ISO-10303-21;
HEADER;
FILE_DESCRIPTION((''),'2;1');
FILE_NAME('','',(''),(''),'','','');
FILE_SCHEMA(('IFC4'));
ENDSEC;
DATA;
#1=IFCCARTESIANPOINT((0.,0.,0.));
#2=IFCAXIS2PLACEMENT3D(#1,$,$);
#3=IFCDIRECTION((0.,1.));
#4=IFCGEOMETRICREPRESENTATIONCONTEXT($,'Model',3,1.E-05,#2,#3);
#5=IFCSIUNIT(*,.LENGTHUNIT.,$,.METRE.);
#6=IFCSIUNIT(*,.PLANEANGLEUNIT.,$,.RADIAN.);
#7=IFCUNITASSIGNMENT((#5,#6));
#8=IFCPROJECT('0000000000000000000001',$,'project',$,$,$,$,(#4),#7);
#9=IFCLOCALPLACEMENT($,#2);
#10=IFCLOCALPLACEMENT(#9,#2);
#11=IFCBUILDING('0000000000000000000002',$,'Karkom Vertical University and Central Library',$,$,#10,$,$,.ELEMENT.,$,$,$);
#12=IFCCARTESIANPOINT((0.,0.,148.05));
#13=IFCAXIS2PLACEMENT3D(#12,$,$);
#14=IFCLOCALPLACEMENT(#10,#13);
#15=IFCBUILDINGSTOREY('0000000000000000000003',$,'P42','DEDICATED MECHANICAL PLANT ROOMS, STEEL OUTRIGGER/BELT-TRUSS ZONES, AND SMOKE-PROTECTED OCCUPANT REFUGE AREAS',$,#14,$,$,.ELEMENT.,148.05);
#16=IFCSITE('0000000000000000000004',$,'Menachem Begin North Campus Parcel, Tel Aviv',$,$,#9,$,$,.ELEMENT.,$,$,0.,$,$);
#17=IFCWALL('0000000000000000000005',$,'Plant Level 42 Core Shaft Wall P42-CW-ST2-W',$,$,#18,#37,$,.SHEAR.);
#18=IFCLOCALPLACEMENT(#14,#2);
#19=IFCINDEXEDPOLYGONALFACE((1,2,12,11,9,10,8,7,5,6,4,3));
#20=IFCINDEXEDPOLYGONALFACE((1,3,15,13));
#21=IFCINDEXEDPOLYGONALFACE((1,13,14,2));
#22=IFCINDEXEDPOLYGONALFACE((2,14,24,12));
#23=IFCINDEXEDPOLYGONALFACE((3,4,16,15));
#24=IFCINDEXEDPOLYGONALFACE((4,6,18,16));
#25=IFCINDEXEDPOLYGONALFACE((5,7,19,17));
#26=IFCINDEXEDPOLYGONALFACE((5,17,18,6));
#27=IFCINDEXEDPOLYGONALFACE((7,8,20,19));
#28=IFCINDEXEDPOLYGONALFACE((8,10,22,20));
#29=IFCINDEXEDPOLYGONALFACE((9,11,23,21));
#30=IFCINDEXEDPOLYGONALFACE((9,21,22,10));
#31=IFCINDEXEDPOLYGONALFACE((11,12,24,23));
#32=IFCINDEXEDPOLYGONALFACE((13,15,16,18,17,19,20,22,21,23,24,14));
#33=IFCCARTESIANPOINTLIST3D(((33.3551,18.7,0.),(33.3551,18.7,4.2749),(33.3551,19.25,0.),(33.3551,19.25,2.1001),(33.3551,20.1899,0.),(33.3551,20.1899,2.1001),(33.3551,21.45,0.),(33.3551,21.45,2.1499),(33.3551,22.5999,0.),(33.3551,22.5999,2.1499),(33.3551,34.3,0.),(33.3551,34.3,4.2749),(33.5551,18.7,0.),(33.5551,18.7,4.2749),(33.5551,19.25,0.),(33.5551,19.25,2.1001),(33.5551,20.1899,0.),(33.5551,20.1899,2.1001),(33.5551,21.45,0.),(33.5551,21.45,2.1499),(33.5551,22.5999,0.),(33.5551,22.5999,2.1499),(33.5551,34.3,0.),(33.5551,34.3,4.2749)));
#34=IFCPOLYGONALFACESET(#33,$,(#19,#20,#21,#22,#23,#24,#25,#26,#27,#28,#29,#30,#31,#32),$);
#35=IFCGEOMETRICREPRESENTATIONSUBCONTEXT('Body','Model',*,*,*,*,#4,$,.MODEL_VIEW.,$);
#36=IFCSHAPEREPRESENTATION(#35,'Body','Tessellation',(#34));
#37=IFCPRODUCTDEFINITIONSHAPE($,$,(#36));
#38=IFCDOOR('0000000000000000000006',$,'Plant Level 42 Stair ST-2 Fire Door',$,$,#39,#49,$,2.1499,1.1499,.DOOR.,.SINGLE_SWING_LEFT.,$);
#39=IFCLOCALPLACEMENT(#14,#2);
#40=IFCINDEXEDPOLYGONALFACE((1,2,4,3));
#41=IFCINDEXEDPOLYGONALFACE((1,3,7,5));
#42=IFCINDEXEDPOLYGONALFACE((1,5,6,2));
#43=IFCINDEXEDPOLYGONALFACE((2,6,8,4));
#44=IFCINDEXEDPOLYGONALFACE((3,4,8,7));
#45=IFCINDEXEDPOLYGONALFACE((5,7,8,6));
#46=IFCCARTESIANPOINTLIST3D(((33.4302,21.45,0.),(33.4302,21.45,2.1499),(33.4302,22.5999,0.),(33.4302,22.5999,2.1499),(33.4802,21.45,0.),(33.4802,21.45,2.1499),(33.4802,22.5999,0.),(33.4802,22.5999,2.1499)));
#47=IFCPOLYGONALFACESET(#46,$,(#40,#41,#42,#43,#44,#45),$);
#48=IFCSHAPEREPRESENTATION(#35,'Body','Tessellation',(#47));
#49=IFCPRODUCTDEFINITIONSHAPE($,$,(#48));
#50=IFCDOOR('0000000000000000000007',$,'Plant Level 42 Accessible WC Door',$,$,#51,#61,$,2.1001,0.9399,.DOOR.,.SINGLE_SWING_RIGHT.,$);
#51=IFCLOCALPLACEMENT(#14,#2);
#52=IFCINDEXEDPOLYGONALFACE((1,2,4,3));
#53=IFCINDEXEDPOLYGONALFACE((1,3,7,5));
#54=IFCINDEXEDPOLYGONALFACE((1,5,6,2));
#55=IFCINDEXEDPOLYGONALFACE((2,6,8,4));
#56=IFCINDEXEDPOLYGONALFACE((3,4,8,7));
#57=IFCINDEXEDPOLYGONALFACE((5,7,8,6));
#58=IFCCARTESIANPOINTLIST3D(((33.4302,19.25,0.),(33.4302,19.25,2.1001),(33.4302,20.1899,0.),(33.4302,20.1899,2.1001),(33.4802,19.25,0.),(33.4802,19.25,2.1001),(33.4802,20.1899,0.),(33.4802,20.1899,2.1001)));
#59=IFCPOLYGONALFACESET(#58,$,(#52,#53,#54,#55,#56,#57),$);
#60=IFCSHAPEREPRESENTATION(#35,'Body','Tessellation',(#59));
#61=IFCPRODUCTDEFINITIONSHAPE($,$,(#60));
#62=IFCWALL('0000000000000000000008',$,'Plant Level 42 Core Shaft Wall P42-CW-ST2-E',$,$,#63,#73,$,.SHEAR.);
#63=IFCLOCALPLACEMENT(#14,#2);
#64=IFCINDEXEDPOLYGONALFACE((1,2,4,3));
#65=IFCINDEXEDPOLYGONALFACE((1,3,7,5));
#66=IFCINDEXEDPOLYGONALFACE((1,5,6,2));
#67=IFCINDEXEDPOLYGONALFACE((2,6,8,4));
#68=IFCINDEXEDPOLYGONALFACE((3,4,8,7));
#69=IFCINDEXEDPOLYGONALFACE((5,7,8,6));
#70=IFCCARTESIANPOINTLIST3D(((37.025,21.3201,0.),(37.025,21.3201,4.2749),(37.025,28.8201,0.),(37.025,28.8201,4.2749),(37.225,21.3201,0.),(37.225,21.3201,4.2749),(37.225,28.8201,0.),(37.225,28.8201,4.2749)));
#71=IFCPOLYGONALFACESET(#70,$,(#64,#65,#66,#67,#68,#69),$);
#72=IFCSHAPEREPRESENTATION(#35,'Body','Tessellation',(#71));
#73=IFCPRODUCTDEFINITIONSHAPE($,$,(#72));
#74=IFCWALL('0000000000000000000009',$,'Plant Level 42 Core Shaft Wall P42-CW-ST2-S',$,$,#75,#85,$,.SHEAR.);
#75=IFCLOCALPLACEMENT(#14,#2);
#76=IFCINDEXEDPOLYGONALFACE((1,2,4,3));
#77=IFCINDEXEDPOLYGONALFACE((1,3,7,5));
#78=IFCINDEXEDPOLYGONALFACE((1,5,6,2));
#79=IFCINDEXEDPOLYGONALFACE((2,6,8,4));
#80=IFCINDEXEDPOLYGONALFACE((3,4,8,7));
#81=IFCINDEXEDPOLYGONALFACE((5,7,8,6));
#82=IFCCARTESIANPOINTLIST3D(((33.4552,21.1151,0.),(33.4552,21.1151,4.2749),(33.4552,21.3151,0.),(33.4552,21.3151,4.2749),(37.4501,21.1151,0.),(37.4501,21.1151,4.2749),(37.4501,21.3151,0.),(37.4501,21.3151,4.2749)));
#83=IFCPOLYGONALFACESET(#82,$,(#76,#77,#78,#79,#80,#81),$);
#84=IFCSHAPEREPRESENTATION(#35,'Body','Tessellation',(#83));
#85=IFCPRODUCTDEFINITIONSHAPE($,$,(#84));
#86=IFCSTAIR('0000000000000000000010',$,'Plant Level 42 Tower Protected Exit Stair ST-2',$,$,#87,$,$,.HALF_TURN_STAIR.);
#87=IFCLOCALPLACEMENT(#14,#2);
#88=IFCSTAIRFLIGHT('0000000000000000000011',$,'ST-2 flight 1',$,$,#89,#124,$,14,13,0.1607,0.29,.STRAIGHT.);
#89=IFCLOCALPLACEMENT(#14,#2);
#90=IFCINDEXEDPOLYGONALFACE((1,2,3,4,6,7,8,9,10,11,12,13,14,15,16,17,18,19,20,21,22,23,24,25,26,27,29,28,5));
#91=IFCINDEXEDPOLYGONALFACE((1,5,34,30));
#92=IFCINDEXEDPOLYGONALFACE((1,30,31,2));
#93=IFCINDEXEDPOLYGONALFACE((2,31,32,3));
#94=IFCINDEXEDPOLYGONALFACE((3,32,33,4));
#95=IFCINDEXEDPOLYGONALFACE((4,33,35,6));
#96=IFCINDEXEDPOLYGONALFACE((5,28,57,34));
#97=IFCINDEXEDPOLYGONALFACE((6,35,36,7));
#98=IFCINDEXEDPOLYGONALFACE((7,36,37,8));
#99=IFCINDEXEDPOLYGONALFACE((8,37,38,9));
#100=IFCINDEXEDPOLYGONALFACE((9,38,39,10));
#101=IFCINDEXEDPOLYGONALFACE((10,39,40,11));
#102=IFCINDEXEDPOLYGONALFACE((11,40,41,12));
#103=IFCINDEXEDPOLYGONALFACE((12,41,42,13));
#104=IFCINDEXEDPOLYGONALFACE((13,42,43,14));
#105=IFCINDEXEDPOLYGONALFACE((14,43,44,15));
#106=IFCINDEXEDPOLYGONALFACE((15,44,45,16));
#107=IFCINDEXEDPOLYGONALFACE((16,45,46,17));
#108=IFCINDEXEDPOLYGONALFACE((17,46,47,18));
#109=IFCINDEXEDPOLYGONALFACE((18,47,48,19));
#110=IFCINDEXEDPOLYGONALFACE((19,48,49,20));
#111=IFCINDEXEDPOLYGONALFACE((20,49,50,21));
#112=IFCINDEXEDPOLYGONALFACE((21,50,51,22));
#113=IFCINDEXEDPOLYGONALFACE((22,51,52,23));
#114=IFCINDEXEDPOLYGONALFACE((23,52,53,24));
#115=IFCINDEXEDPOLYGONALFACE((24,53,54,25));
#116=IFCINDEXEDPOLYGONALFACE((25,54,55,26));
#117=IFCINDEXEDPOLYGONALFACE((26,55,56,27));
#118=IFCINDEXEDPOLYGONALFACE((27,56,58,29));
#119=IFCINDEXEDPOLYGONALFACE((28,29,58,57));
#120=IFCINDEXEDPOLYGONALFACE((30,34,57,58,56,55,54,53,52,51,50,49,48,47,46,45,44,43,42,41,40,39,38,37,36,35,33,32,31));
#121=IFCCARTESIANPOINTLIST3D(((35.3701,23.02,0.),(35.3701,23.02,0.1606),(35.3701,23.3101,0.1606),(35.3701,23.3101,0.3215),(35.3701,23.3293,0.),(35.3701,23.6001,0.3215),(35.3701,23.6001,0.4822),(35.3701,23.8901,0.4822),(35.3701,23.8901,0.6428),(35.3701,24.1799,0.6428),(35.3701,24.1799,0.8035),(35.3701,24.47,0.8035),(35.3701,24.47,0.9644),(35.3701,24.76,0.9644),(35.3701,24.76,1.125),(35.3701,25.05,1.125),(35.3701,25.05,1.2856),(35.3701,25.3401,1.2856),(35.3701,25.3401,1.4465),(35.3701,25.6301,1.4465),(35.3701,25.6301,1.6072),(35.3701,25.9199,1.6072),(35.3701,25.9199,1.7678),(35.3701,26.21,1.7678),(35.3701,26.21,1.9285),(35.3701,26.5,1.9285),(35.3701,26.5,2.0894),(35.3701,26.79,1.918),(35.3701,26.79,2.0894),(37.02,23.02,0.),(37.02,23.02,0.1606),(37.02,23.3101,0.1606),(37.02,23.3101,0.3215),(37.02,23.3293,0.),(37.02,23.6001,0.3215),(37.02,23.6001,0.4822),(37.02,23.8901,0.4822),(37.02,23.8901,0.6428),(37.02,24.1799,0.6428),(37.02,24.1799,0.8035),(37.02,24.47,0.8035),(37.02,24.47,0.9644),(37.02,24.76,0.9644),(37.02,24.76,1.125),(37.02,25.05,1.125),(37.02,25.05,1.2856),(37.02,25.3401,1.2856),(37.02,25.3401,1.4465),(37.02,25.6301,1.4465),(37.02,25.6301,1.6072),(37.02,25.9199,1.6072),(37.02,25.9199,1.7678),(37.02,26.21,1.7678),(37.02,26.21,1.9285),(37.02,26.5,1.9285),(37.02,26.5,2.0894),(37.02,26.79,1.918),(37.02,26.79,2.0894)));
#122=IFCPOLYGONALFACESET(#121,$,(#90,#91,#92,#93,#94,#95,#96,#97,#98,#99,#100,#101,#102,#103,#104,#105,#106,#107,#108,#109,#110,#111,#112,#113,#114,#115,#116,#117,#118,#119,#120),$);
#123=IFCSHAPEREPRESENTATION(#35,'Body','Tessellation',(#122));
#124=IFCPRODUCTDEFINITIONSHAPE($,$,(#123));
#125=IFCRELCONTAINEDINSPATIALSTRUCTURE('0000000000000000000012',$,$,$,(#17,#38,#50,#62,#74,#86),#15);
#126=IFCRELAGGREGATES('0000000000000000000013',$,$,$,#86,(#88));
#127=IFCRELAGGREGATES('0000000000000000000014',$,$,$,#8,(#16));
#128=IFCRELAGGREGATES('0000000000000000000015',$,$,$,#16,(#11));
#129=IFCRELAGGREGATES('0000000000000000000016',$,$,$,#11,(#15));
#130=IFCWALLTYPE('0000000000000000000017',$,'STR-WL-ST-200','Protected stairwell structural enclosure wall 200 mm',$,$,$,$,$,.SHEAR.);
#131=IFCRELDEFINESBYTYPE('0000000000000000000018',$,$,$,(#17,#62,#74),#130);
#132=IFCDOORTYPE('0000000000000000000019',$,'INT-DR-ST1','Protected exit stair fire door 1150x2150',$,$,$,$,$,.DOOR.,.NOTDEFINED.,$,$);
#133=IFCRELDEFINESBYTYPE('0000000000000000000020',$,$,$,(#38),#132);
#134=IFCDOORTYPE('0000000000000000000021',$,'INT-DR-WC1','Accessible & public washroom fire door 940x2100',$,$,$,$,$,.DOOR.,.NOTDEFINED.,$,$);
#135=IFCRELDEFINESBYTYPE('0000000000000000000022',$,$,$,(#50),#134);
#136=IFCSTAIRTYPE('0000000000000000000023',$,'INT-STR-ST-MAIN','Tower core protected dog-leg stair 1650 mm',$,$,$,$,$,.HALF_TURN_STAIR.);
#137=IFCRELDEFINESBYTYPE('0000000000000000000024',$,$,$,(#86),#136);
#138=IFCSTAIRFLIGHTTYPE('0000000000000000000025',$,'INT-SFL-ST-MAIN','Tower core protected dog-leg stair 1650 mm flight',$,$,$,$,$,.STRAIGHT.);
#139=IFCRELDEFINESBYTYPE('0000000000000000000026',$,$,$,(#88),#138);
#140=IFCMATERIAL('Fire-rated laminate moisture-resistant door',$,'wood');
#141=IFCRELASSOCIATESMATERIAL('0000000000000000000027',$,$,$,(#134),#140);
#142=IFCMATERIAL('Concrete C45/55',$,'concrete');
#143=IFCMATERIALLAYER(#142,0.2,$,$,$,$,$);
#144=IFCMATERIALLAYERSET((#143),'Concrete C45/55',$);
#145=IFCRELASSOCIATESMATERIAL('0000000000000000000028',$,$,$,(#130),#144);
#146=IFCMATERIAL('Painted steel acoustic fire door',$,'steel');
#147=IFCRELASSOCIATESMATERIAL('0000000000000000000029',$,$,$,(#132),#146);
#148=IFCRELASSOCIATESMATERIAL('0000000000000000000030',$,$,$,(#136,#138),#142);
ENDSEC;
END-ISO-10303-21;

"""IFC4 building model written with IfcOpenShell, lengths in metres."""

from ifc_helpers import new_model, si_unit, direction, frame, frame_2d, origin, origin_with_axes, place, context, subcontext, project, spatial, polyline, rectangle, outline, extrude, source, transform, mapped, material, layer, layer_set, type_object, element, fill, aggregate, save


model = new_model("IFC4")

# Units and contexts
model_context = context("Model", 3, precision=1e-05, world=origin(), true_north=direction((0.0, 1.0)))
body_context = subcontext(model_context, "Body", "Model", "MODEL_VIEW")
ifc_project = project(units=[si_unit("LENGTHUNIT", "METRE"), si_unit("PLANEANGLEUNIT", "RADIAN")], contexts=[model_context])

# Site, building, storey
site_placement = place(None, origin())
site = spatial("IfcSite", under=ifc_project, at=site_placement, Name="Menachem Begin North Campus Parcel, Tel Aviv", CompositionType="ELEMENT", RefElevation=0.0)
building_placement = place(site_placement, origin())
building = spatial("IfcBuilding", under=site, at=building_placement, Name="Karkom Vertical University and Central Library", CompositionType="ELEMENT")
storey_placement = place(building_placement, frame((0.0, 0.0, 148.05)))
storey = spatial("IfcBuildingStorey", under=building, at=storey_placement, Name="P42", Description="DEDICATED MECHANICAL PLANT ROOMS, STEEL OUTRIGGER/BELT-TRUSS ZONES, AND SMOKE-PROTECTED OCCUPANT REFUGE AREAS", CompositionType="ELEMENT", Elevation=148.05)

# Shared definitions
ifc_material_1 = material(Name="Fire-rated laminate moisture-resistant door", Category="wood")
door_type_1 = type_object("IfcDoorType", Name="INT-DR-WC1", Description="Accessible & public washroom fire door 940x2100", OperationType="NOTDEFINED", PredefinedType="DOOR", material=ifc_material_1)
shared_shape_1 = source(origin_with_axes(), body_context, "Body", "SweptSolid", [
    extrude(rectangle(XDim=0.9399, YDim=2.1001, at=frame_2d((0.47, 1.05))), frame((0.0, 0.0249, 0.0), z_axis=(0.0, -1.0, 0.0), x_axis=(1.0, 0.0, 0.0)), (0.0, 0.0, 1.0), 0.05),
])

# Shared definitions
ifc_material_2 = material(Name="Concrete C45/55", Category="concrete")

# Wall, openings, doors
ifc_layer_1 = layer(ifc_material_2, 0.2)
ifc_layer_set_1 = layer_set([ifc_layer_1], Name="Concrete C45/55")
wall_type_1 = type_object("IfcWallType", Name="STR-WL-ST-200", Description="Protected stairwell structural enclosure wall 200 mm", PredefinedType="SHEAR", material=ifc_layer_set_1)
wall_1_placement = place(storey_placement, frame((33.4551, 18.7, 0.0), z_axis=(0.0, 0.0, 1.0), x_axis=(0.0, 1.0, 0.0)))
wall_1 = element("IfcWall", 1, at=wall_1_placement, inside=storey, type_object=wall_type_1, Name="Plant Level 42 Core Shaft Wall P42-CW-ST2-W", PredefinedType="SHEAR", context=body_context, shape_type="SweptSolid", body=[
    extrude(rectangle(XDim=15.6001, YDim=0.2, at=frame_2d((7.8, 0.0))), origin(), (0.0, 0.0, 1.0), 4.2749),
])
opening_1_placement = place(wall_1_placement, frame((2.75, 0.0, 0.0)))
opening_1 = element("IfcOpeningElement", 2, at=opening_1_placement, cuts=wall_1, PredefinedType="OPENING", context=body_context, shape_type="SweptSolid", body=[
    extrude(rectangle(XDim=1.1499, YDim=2.1499, at=frame_2d((0.575, 1.075))), frame((0.0, 0.1099, 0.0), z_axis=(0.0, -1.0, 0.0), x_axis=(1.0, 0.0, 0.0)), (0.0, 0.0, 1.0), 0.22),
])
opening_2_placement = place(wall_1_placement, frame((0.55, 0.0, 0.0)))
opening_2 = element("IfcOpeningElement", 3, at=opening_2_placement, cuts=wall_1, PredefinedType="OPENING", context=body_context, shape_type="SweptSolid", body=[
    extrude(rectangle(XDim=0.9399, YDim=2.1001, at=frame_2d((0.47, 1.05))), frame((0.0, 0.1099, 0.0), z_axis=(0.0, -1.0, 0.0), x_axis=(1.0, 0.0, 0.0)), (0.0, 0.0, 1.0), 0.22),
])
ifc_material_3 = material(Name="Painted steel acoustic fire door", Category="steel")
door_type_2 = type_object("IfcDoorType", Name="INT-DR-ST1", Description="Protected exit stair fire door 1150x2150", OperationType="NOTDEFINED", PredefinedType="DOOR", material=ifc_material_3)
shared_shape_2 = source(origin_with_axes(), body_context, "Body", "SweptSolid", [
    extrude(rectangle(XDim=1.1499, YDim=2.1499, at=frame_2d((0.575, 1.075))), frame((0.0, 0.0249, 0.0), z_axis=(0.0, -1.0, 0.0), x_axis=(1.0, 0.0, 0.0)), (0.0, 0.0, 1.0), 0.05),
])
door_1_placement = place(opening_1_placement, origin())
door_1 = element("IfcDoor", 4, at=door_1_placement, inside=storey, type_object=door_type_2, Name="Plant Level 42 Stair ST-2 Fire Door", OperationType="SINGLE_SWING_LEFT", OverallHeight=2.1499, OverallWidth=1.1499, PredefinedType="DOOR", context=body_context, shape_type="MappedRepresentation", body=[
    mapped(shared_shape_2, transform((0.0, 0.0, 0.0), scale=1.0)),
])
fill(opening_1, door_1)
door_2_placement = place(opening_2_placement, origin())
door_2 = element("IfcDoor", 5, at=door_2_placement, inside=storey, type_object=door_type_1, Name="Plant Level 42 Accessible WC Door", OperationType="SINGLE_SWING_RIGHT", OverallHeight=2.1001, OverallWidth=0.9399, PredefinedType="DOOR", context=body_context, shape_type="MappedRepresentation", body=[
    mapped(shared_shape_1, transform((0.0, 0.0, 0.0), scale=1.0)),
])
fill(opening_2, door_2)

# Walls
wall_2_placement = place(storey_placement, frame((37.125, 21.3201, 0.0), z_axis=(0.0, 0.0, 1.0), x_axis=(0.0, 1.0, 0.0)))
element("IfcWall", 6, at=wall_2_placement, inside=storey, type_object=wall_type_1, Name="Plant Level 42 Core Shaft Wall P42-CW-ST2-E", PredefinedType="SHEAR", context=body_context, shape_type="SweptSolid", body=[
    extrude(rectangle(XDim=7.5, YDim=0.2, at=frame_2d((3.75, 0.0))), origin(), (0.0, 0.0, 1.0), 4.2749),
])
wall_3_placement = place(storey_placement, frame((33.4551, 21.2151, 0.0), z_axis=(0.0, 0.0, 1.0), x_axis=(1.0, 0.0, 0.0)))
element("IfcWall", 7, at=wall_3_placement, inside=storey, type_object=wall_type_1, Name="Plant Level 42 Core Shaft Wall P42-CW-ST2-S", PredefinedType="SHEAR", context=body_context, shape_type="SweptSolid", body=[
    extrude(rectangle(XDim=3.9949, YDim=0.2, at=frame_2d((1.9976, 0.0))), origin(), (0.0, 0.0, 1.0), 4.2749),
])

# Stair, stair flight
stair_type = type_object("IfcStairType", Name="INT-STR-ST-MAIN", Description="Tower core protected dog-leg stair 1650 mm", PredefinedType="HALF_TURN_STAIR", material=ifc_material_2)
stair_placement = place(storey_placement, origin())
stair = element("IfcStair", 8, at=stair_placement, inside=storey, type_object=stair_type, Name="Plant Level 42 Tower Protected Exit Stair ST-2", PredefinedType="HALF_TURN_STAIR")
stair_flight_type = type_object("IfcStairFlightType", Name="INT-SFL-ST-MAIN", Description="Tower core protected dog-leg stair 1650 mm flight", PredefinedType="STRAIGHT", material=ifc_material_2)
stair_flight_placement = place(storey_placement, frame((36.1951, 23.02, 0.0), z_axis=(0.0, 0.0, 1.0), x_axis=(0.0, 1.0, 0.0)))
stair_flight = element("IfcStairFlight", 9, at=stair_flight_placement, type_object=stair_flight_type, Name="ST-2 flight 1", NumberOfRisers=14, NumberOfTreads=13, PredefinedType="STRAIGHT", RiserHeight=0.1607, TreadLength=0.29, context=body_context, shape_type="SweptSolid", body=[
    extrude(outline(polyline([(0.0, 0.0), (0.0, 0.1606), (0.29, 0.1606), (0.29, 0.3215), (0.5801, 0.3215), (0.5801, 0.4822), (0.8701, 0.4822), (0.8701, 0.6428), (1.1599, 0.6428), (1.1599, 0.8035), (1.45, 0.8035), (1.45, 0.9644), (1.74, 0.9644), (1.74, 1.125), (2.03, 1.125), (2.03, 1.2856), (2.3201, 1.2856), (2.3201, 1.4465), (2.6101, 1.4465), (2.6101, 1.6072), (2.8999, 1.6072), (2.8999, 1.7678), (3.1899, 1.7678), (3.1899, 1.9285), (3.48, 1.9285), (3.48, 2.0894), (3.77, 2.0894), (3.77, 2.25), (3.77, 1.918), (0.3093, 0.0), (0.0, 0.0)])), frame((0.0, 0.825, 0.0), z_axis=(0.0, -1.0, 0.0), x_axis=(1.0, 0.0, 0.0)), (0.0, 0.0, 1.0), 1.6499),
])
aggregate(stair, [stair_flight])

save(model, "model.ifc")
